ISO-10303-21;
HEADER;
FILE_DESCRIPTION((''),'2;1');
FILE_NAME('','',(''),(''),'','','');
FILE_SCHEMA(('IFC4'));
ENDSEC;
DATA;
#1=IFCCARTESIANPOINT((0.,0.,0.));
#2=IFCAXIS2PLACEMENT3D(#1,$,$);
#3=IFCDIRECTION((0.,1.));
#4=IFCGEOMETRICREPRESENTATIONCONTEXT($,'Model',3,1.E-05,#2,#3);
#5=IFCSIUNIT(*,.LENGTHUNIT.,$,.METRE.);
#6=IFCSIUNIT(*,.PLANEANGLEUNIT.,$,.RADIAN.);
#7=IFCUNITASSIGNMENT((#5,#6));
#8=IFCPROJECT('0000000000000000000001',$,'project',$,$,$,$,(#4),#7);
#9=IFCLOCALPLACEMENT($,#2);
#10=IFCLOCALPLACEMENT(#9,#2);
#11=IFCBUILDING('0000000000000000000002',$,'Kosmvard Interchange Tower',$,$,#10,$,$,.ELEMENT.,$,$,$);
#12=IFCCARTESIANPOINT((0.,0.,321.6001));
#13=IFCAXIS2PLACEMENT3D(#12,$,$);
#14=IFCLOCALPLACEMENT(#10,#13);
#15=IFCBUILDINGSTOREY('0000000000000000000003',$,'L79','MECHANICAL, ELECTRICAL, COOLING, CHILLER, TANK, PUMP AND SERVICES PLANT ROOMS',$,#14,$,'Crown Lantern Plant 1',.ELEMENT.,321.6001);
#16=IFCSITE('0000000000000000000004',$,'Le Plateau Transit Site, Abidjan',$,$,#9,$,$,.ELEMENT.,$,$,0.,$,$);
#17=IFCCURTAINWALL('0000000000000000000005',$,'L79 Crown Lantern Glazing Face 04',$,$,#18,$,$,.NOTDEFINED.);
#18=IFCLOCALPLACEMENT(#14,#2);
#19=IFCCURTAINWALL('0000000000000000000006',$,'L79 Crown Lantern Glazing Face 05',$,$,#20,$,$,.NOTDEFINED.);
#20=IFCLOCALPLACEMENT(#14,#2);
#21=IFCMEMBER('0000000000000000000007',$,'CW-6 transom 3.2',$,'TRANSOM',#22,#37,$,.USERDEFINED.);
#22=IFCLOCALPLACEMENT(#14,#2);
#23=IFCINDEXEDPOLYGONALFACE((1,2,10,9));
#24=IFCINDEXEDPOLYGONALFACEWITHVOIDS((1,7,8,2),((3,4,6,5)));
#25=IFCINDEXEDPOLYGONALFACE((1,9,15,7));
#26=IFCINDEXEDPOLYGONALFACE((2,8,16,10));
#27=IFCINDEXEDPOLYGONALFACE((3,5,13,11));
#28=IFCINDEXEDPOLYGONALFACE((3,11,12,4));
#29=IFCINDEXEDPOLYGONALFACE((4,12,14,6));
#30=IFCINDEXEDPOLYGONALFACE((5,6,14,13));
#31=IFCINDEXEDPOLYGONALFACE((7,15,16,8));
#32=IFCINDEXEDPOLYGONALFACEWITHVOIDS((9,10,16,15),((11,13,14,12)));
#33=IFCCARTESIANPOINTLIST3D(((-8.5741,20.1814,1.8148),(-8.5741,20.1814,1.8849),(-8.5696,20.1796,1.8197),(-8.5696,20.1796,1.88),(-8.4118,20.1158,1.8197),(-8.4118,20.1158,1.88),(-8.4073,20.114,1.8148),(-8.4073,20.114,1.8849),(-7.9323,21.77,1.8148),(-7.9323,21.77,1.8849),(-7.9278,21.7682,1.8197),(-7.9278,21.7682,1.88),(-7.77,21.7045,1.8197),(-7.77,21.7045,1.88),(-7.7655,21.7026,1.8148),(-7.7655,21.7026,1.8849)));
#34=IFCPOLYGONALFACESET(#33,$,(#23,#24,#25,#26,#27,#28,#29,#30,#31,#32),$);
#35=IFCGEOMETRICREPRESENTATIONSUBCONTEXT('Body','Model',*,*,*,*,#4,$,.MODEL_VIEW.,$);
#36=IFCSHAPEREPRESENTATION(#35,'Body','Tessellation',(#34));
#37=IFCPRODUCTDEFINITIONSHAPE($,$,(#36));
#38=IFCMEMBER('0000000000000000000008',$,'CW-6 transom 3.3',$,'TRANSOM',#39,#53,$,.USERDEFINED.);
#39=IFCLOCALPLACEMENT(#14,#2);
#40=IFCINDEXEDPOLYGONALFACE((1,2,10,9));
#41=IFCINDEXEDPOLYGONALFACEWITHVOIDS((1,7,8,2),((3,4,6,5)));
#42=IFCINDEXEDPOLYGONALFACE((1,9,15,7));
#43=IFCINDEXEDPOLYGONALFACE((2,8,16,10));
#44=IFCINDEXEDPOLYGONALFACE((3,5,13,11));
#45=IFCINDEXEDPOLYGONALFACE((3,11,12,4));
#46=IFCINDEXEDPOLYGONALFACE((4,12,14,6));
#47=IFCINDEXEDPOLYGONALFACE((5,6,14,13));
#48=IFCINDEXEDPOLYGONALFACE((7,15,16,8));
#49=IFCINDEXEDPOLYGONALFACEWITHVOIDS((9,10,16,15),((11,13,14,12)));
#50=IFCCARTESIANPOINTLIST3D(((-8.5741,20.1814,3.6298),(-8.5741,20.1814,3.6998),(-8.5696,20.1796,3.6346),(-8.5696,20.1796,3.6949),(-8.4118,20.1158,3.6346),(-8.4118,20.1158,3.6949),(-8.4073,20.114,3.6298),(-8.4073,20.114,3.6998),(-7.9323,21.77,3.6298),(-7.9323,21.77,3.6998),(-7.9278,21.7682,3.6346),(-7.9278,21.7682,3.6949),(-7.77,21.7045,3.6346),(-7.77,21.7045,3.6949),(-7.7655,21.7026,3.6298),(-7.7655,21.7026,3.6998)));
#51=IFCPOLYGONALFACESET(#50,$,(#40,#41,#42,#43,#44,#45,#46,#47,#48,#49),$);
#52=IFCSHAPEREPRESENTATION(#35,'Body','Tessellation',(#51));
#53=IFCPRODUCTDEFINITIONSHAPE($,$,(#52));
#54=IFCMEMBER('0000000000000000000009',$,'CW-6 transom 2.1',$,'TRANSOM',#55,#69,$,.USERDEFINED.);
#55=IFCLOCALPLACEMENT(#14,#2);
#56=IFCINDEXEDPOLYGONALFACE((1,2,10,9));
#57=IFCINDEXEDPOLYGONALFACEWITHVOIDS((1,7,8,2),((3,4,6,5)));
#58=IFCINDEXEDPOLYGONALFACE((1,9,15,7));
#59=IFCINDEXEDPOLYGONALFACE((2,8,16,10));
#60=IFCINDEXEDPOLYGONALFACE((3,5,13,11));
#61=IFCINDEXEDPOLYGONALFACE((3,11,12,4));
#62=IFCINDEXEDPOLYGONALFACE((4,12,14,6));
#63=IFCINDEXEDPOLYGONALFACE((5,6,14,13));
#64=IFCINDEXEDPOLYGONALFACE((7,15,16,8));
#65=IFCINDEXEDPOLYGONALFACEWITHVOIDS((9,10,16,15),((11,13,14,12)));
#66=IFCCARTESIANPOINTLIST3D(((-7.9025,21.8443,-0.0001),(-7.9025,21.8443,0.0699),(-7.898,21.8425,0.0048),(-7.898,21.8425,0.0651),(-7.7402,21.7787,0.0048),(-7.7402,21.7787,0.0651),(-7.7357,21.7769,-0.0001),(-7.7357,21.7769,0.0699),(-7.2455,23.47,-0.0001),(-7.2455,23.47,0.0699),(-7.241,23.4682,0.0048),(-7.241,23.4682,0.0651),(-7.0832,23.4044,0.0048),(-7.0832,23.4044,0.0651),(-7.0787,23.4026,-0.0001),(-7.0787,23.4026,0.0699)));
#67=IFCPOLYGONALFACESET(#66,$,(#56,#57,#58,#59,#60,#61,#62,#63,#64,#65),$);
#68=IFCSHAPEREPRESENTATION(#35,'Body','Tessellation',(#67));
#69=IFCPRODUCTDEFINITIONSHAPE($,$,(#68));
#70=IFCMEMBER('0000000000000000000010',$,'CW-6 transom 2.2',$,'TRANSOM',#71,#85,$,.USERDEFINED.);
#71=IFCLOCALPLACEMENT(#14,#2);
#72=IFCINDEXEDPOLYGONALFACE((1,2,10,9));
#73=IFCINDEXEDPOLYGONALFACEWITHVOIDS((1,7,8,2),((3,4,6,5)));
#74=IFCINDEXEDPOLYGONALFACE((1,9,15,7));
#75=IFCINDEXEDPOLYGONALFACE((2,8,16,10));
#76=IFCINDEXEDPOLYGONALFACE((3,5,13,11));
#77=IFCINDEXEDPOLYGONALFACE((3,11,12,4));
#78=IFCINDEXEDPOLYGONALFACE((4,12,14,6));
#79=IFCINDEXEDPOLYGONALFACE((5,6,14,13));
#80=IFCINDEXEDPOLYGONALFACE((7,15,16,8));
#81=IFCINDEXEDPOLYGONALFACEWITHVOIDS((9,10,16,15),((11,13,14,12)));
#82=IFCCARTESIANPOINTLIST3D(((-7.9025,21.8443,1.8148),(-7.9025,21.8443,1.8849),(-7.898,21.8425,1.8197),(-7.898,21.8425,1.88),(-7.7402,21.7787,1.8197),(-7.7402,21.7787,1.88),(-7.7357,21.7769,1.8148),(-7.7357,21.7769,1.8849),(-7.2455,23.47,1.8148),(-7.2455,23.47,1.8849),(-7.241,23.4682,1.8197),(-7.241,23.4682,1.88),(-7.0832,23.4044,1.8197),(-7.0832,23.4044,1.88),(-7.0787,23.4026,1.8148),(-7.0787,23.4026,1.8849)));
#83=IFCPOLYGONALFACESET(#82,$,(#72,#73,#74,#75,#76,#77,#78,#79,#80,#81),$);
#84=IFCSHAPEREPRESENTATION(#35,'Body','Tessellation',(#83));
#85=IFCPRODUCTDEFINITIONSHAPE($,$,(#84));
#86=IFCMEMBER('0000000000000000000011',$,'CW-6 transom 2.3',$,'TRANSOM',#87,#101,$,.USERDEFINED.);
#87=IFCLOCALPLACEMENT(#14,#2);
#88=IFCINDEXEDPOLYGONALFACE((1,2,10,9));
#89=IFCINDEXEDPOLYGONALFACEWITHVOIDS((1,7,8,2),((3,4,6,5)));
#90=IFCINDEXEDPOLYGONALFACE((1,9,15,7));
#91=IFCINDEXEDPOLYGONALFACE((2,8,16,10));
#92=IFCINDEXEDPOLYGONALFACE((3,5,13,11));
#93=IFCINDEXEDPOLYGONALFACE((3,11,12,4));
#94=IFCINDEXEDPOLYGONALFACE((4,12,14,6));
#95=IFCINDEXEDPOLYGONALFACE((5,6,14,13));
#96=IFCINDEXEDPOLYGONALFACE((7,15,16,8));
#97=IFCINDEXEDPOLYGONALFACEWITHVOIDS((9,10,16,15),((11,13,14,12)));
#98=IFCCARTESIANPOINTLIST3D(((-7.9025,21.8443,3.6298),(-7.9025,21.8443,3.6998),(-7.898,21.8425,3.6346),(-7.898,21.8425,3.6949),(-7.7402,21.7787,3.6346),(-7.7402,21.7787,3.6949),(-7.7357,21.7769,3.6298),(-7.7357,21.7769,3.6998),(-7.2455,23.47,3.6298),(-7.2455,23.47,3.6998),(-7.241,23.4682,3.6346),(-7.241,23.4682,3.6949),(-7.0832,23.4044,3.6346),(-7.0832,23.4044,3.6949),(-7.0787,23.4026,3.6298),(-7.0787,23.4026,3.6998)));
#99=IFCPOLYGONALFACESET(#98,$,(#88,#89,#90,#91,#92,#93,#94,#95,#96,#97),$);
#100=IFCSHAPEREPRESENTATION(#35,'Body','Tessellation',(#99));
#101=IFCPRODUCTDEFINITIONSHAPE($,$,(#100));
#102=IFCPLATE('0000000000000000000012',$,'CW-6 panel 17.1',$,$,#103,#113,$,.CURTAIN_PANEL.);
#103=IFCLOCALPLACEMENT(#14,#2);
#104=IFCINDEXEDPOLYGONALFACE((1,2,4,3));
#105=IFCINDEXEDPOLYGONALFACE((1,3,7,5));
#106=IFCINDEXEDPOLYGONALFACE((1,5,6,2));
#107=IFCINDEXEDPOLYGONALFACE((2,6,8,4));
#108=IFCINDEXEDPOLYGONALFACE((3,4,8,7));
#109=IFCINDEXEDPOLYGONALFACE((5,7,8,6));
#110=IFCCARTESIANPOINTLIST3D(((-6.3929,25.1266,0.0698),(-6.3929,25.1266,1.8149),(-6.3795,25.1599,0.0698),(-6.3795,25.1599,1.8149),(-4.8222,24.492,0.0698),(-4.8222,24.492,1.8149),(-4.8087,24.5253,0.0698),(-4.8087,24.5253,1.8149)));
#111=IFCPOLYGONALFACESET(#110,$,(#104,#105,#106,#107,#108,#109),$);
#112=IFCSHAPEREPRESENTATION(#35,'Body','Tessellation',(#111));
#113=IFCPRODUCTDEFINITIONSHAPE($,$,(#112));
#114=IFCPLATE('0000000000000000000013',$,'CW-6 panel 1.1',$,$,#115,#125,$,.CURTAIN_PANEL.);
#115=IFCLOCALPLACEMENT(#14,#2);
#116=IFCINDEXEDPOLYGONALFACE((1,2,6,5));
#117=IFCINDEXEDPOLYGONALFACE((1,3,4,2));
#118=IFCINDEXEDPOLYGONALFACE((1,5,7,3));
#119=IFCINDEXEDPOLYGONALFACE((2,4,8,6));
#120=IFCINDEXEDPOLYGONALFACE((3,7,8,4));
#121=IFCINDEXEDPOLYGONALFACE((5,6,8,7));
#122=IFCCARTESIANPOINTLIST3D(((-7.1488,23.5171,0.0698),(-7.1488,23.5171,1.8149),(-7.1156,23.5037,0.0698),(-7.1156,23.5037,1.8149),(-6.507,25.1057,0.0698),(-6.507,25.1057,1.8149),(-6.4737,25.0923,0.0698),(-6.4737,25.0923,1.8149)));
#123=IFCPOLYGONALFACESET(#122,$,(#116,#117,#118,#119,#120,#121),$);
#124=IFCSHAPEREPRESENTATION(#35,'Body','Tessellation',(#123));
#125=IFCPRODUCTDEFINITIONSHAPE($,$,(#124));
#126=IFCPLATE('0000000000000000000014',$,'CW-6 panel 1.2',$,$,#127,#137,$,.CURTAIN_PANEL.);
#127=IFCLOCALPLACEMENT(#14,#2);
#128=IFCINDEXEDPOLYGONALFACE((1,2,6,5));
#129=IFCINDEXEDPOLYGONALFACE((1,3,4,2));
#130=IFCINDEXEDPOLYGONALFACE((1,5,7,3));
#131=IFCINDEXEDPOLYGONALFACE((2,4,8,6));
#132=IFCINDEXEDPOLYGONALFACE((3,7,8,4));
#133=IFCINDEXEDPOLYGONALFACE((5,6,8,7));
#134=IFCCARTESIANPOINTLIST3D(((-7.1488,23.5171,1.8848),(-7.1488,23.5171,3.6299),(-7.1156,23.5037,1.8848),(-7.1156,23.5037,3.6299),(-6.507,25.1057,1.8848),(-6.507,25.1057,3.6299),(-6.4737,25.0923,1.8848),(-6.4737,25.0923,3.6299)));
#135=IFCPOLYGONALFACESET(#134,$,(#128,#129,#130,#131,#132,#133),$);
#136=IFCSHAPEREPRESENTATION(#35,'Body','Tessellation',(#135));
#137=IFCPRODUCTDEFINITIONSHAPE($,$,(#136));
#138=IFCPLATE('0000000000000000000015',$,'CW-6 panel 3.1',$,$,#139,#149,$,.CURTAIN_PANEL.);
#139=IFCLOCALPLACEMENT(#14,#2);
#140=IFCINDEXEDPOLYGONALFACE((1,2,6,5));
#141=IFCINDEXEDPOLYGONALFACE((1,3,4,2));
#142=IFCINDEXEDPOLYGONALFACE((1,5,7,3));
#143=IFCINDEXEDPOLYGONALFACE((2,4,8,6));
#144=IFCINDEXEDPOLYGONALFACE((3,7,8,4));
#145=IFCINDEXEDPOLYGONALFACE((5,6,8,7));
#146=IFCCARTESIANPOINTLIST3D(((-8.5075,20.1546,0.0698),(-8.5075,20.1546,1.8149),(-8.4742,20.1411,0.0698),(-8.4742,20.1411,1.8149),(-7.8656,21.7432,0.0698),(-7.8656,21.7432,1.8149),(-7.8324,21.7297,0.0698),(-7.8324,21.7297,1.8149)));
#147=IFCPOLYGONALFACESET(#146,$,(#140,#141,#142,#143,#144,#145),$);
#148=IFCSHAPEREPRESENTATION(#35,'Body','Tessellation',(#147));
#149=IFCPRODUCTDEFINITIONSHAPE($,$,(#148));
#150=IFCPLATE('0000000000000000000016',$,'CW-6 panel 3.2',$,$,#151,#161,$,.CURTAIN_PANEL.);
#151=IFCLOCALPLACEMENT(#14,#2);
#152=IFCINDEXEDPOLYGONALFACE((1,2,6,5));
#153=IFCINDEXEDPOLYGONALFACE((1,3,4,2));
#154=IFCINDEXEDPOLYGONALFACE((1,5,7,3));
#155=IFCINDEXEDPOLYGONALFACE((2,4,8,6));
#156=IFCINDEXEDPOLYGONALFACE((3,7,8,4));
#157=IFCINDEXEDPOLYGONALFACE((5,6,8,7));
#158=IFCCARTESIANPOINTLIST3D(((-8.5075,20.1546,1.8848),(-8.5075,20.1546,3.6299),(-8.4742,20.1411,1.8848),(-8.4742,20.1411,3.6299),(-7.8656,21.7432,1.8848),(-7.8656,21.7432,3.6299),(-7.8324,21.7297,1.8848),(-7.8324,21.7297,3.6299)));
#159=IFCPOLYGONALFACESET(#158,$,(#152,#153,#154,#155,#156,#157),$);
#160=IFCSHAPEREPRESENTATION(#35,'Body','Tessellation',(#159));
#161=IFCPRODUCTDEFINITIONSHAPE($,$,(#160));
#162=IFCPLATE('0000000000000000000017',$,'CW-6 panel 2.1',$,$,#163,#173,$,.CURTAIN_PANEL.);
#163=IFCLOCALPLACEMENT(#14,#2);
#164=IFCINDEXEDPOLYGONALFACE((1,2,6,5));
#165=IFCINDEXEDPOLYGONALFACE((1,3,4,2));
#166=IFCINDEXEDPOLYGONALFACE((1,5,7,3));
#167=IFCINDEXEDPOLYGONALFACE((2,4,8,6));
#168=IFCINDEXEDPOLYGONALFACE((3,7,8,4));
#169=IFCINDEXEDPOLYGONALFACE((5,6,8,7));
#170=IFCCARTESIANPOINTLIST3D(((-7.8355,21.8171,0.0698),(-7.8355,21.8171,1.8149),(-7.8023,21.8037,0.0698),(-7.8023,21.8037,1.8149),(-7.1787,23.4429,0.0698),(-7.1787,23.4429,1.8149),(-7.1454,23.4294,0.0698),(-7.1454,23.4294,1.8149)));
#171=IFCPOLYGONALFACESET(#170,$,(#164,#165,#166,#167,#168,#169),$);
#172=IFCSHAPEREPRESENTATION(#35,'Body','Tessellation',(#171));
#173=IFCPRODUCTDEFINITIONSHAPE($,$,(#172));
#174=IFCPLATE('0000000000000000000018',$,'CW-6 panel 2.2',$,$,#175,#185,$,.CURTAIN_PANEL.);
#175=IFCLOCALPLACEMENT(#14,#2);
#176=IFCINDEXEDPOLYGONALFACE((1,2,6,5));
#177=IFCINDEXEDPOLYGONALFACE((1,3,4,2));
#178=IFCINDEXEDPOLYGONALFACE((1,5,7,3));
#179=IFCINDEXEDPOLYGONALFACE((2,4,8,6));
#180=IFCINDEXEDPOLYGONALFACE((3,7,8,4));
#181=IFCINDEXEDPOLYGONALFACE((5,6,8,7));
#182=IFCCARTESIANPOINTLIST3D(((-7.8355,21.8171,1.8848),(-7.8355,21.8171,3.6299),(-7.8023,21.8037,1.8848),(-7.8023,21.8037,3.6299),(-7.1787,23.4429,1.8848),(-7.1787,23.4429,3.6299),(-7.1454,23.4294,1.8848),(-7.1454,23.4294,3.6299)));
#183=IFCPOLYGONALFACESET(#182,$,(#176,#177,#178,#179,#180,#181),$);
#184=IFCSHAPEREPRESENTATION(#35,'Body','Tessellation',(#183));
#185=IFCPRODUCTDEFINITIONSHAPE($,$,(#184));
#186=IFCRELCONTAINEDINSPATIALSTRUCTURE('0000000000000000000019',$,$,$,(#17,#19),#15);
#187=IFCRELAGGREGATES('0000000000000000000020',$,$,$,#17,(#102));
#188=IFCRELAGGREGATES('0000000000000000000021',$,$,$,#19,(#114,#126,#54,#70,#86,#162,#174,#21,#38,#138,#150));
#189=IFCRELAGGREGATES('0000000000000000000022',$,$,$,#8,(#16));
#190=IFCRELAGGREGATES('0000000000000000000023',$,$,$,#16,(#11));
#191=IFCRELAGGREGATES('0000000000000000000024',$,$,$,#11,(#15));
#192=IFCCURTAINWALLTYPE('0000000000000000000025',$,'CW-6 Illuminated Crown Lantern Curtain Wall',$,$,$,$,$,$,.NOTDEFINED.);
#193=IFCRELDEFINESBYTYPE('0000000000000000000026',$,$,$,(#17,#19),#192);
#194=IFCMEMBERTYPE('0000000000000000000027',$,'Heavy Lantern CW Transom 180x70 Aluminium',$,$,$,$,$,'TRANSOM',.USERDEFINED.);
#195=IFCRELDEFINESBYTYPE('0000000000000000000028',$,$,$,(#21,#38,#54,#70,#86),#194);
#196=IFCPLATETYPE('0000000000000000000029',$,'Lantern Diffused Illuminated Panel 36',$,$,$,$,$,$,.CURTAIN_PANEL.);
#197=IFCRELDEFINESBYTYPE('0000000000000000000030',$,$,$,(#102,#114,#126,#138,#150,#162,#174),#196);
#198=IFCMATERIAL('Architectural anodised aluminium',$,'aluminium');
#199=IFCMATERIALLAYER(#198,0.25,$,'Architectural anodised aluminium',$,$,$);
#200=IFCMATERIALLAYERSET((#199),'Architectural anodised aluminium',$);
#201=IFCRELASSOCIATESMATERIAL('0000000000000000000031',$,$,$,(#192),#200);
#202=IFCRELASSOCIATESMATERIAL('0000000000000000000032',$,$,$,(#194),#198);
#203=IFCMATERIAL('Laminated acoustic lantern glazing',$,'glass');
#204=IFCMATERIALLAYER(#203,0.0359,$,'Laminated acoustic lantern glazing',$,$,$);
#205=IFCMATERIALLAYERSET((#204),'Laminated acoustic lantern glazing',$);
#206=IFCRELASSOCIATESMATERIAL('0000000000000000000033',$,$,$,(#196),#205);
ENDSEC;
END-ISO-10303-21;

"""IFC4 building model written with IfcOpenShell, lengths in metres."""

from ifc_helpers import new_model, si_unit, direction, frame, origin, origin_2d, place, context, subcontext, project, spatial, rectangle, hollow_rectangle, extrude, source, transform, mapped, material, layer, layer_set, material_profile, profile_set, type_object, element, aggregate, save


model = new_model("IFC4")

# Units and contexts
model_context = context("Model", 3, precision=1e-05, world=origin(), true_north=direction((0.0, 1.0)))
body_context = subcontext(model_context, "Body", "Model", "MODEL_VIEW")
ifc_project = project(units=[si_unit("LENGTHUNIT", "METRE"), si_unit("PLANEANGLEUNIT", "RADIAN")], contexts=[model_context])

# Site, building, storey
site_placement = place(None, origin())
site = spatial("IfcSite", under=ifc_project, at=site_placement, Name="Le Plateau Transit Site, Abidjan", CompositionType="ELEMENT", RefElevation=0.0)
building_placement = place(site_placement, origin())
building = spatial("IfcBuilding", under=site, at=building_placement, Name="Kosmvard Interchange Tower", CompositionType="ELEMENT")
storey_placement = place(building_placement, frame((0.0, 0.0, 321.6001)))
storey = spatial("IfcBuildingStorey", under=building, at=storey_placement, Name="L79", Description="MECHANICAL, ELECTRICAL, COOLING, CHILLER, TANK, PUMP AND SERVICES PLANT ROOMS", LongName="Crown Lantern Plant 1", CompositionType="ELEMENT", Elevation=321.6001)

# Curtain wall
ifc_material_1 = material(Name="Architectural anodised aluminium", Category="aluminium")
ifc_layer_1 = layer(ifc_material_1, 0.25, Name="Architectural anodised aluminium")
ifc_layer_set_1 = layer_set([ifc_layer_1], Name="Architectural anodised aluminium")
curtain_wall_type = type_object("IfcCurtainWallType", Name="CW-6 Illuminated Crown Lantern Curtain Wall", PredefinedType="NOTDEFINED", material=ifc_layer_set_1)
curtain_wall_1_placement = place(storey_placement, origin())
curtain_wall_1 = element("IfcCurtainWall", 1, at=curtain_wall_1_placement, inside=storey, type_object=curtain_wall_type, Name="L79 Crown Lantern Glazing Face 04", PredefinedType="NOTDEFINED")

# Curtain wall
curtain_wall_2_placement = place(storey_placement, origin())
curtain_wall_2 = element("IfcCurtainWall", 2, at=curtain_wall_2_placement, inside=storey, type_object=curtain_wall_type, Name="L79 Crown Lantern Glazing Face 05", PredefinedType="NOTDEFINED")

# Members
ifc_material_profile_1 = material_profile(ifc_material_1, hollow_rectangle(XDim=0.1799, YDim=0.0701, WallThickness=0.0049, at=origin_2d()), Name="CWT 180x70x5")
ifc_profile_set_1 = profile_set([ifc_material_profile_1], Name="Architectural anodised aluminium")
member_type_1 = type_object("IfcMemberType", Name="Heavy Lantern CW Transom 180x70 Aluminium", ElementType="TRANSOM", PredefinedType="USERDEFINED", material=ifc_profile_set_1)
shared_shape_1 = source(origin(), body_context, "Body", "SweptSolid", [
    extrude(hollow_rectangle(XDim=0.1799, YDim=0.0701, WallThickness=0.0049, at=origin_2d()), origin(), (0.0, 0.0, 1.0), 1.7134),
])
member_1_placement = place(storey_placement, frame((-7.8489, 21.7363, 1.8499), z_axis=(-0.374607, -0.927184, 0.0), x_axis=(0.927184, -0.374607, 0.0)))
member_1 = element("IfcMember", 3, at=member_1_placement, type_object=member_type_1, Name="CW-6 transom 3.2", ObjectType="TRANSOM", PredefinedType="USERDEFINED", context=body_context, shape_type="MappedRepresentation", body=[
    mapped(shared_shape_1, transform((0.0, 0.0, 0.0), scale=1.0)),
])
member_2_placement = place(storey_placement, frame((-7.8489, 21.7363, 3.6648), z_axis=(-0.374607, -0.927184, 0.0), x_axis=(0.927184, -0.374607, 0.0)))
member_2 = element("IfcMember", 4, at=member_2_placement, type_object=member_type_1, Name="CW-6 transom 3.3", ObjectType="TRANSOM", PredefinedType="USERDEFINED", context=body_context, shape_type="MappedRepresentation", body=[
    mapped(shared_shape_1, transform((0.0, 0.0, 0.0), scale=1.0)),
])
shared_shape_2 = source(origin(), body_context, "Body", "SweptSolid", [
    extrude(hollow_rectangle(XDim=0.1799, YDim=0.0701, WallThickness=0.0049, at=origin_2d()), origin(), (0.0, 0.0, 1.0), 1.7534),
])
member_3_placement = place(storey_placement, frame((-7.1621, 23.4363, 0.0349), z_axis=(-0.374677, -0.927155, 0.0), x_axis=(0.927155, -0.374677, 0.0)))
member_3 = element("IfcMember", 5, at=member_3_placement, type_object=member_type_1, Name="CW-6 transom 2.1", ObjectType="TRANSOM", PredefinedType="USERDEFINED", context=body_context, shape_type="MappedRepresentation", body=[
    mapped(shared_shape_2, transform((0.0, 0.0, 0.0), scale=1.0)),
])
member_4_placement = place(storey_placement, frame((-7.1621, 23.4363, 1.8499), z_axis=(-0.374677, -0.927155, 0.0), x_axis=(0.927155, -0.374677, 0.0)))
member_4 = element("IfcMember", 6, at=member_4_placement, type_object=member_type_1, Name="CW-6 transom 2.2", ObjectType="TRANSOM", PredefinedType="USERDEFINED", context=body_context, shape_type="MappedRepresentation", body=[
    mapped(shared_shape_2, transform((0.0, 0.0, 0.0), scale=1.0)),
])
member_5_placement = place(storey_placement, frame((-7.1621, 23.4363, 3.6648), z_axis=(-0.374677, -0.927155, 0.0), x_axis=(0.927155, -0.374677, 0.0)))
member_5 = element("IfcMember", 7, at=member_5_placement, type_object=member_type_1, Name="CW-6 transom 2.3", ObjectType="TRANSOM", PredefinedType="USERDEFINED", context=body_context, shape_type="MappedRepresentation", body=[
    mapped(shared_shape_2, transform((0.0, 0.0, 0.0), scale=1.0)),
])

# Plates
ifc_material_2 = material(Name="Laminated acoustic lantern glazing", Category="glass")
ifc_layer_2 = layer(ifc_material_2, 0.0359, Name="Laminated acoustic lantern glazing")
ifc_layer_set_2 = layer_set([ifc_layer_2], Name="Laminated acoustic lantern glazing")
plate_type = type_object("IfcPlateType", Name="Lantern Diffused Illuminated Panel 36", PredefinedType="CURTAIN_PANEL", material=ifc_layer_set_2)
shared_shape_3 = source(origin(), body_context, "Body", "SweptSolid", [
    extrude(rectangle(XDim=1.6941, YDim=0.0359, at=origin_2d()), origin(), (0.0, 0.0, 1.0), 1.7451),
])
plate_1_placement = place(storey_placement, frame((-5.6008, 24.8259, 0.0698), z_axis=(0.0, 0.0, 1.0), x_axis=(-0.927184, 0.374607, 0.0)))
plate_1 = element("IfcPlate", 8, at=plate_1_placement, type_object=plate_type, Name="CW-6 panel 17.1", PredefinedType="CURTAIN_PANEL", context=body_context, shape_type="MappedRepresentation", body=[
    mapped(shared_shape_3, transform((0.0, 0.0, 0.0), scale=1.0)),
])
aggregate(curtain_wall_1, [plate_1])
shared_shape_4 = source(origin(), body_context, "Body", "SweptSolid", [
    extrude(rectangle(XDim=1.7134, YDim=0.0359, at=origin_2d()), origin(), (0.0, 0.0, 1.0), 1.7451),
])
plate_2_placement = place(storey_placement, frame((-6.8113, 24.3047, 0.0698), z_axis=(0.0, 0.0, 1.0), x_axis=(-0.374607, -0.927184, 0.0)))
plate_2 = element("IfcPlate", 9, at=plate_2_placement, type_object=plate_type, Name="CW-6 panel 1.1", PredefinedType="CURTAIN_PANEL", context=body_context, shape_type="MappedRepresentation", body=[
    mapped(shared_shape_4, transform((0.0, 0.0, 0.0), scale=1.0)),
])
plate_3_placement = place(storey_placement, frame((-6.8113, 24.3047, 1.8848), z_axis=(0.0, 0.0, 1.0), x_axis=(-0.374607, -0.927184, 0.0)))
plate_3 = element("IfcPlate", 10, at=plate_3_placement, type_object=plate_type, Name="CW-6 panel 1.2", PredefinedType="CURTAIN_PANEL", context=body_context, shape_type="MappedRepresentation", body=[
    mapped(shared_shape_4, transform((0.0, 0.0, 0.0), scale=1.0)),
])
plate_4_placement = place(storey_placement, frame((-8.1699, 20.9421, 0.0698), z_axis=(0.0, 0.0, 1.0), x_axis=(-0.374607, -0.927184, 0.0)))
plate_4 = element("IfcPlate", 11, at=plate_4_placement, type_object=plate_type, Name="CW-6 panel 3.1", PredefinedType="CURTAIN_PANEL", context=body_context, shape_type="MappedRepresentation", body=[
    mapped(shared_shape_4, transform((0.0, 0.0, 0.0), scale=1.0)),
])
plate_5_placement = place(storey_placement, frame((-8.1699, 20.9421, 1.8848), z_axis=(0.0, 0.0, 1.0), x_axis=(-0.374607, -0.927184, 0.0)))
plate_5 = element("IfcPlate", 12, at=plate_5_placement, type_object=plate_type, Name="CW-6 panel 3.2", PredefinedType="CURTAIN_PANEL", context=body_context, shape_type="MappedRepresentation", body=[
    mapped(shared_shape_4, transform((0.0, 0.0, 0.0), scale=1.0)),
])
shared_shape_5 = source(origin(), body_context, "Body", "SweptSolid", [
    extrude(rectangle(XDim=1.7534, YDim=0.0359, at=origin_2d()), origin(), (0.0, 0.0, 1.0), 1.7451),
])
plate_6_placement = place(storey_placement, frame((-7.4905, 22.6233, 0.0698), z_axis=(0.0, 0.0, 1.0), x_axis=(-0.374607, -0.927184, 0.0)))
plate_6 = element("IfcPlate", 13, at=plate_6_placement, type_object=plate_type, Name="CW-6 panel 2.1", PredefinedType="CURTAIN_PANEL", context=body_context, shape_type="MappedRepresentation", body=[
    mapped(shared_shape_5, transform((0.0, 0.0, 0.0), scale=1.0)),
])
plate_7_placement = place(storey_placement, frame((-7.4905, 22.6233, 1.8848), z_axis=(0.0, 0.0, 1.0), x_axis=(-0.374607, -0.927184, 0.0)))
plate_7 = element("IfcPlate", 14, at=plate_7_placement, type_object=plate_type, Name="CW-6 panel 2.2", PredefinedType="CURTAIN_PANEL", context=body_context, shape_type="MappedRepresentation", body=[
    mapped(shared_shape_5, transform((0.0, 0.0, 0.0), scale=1.0)),
])
aggregate(curtain_wall_2, [plate_2, plate_3, member_3, member_4, member_5, plate_6, plate_7, member_1, member_2, plate_4, plate_5])

save(model, "model.ifc")
